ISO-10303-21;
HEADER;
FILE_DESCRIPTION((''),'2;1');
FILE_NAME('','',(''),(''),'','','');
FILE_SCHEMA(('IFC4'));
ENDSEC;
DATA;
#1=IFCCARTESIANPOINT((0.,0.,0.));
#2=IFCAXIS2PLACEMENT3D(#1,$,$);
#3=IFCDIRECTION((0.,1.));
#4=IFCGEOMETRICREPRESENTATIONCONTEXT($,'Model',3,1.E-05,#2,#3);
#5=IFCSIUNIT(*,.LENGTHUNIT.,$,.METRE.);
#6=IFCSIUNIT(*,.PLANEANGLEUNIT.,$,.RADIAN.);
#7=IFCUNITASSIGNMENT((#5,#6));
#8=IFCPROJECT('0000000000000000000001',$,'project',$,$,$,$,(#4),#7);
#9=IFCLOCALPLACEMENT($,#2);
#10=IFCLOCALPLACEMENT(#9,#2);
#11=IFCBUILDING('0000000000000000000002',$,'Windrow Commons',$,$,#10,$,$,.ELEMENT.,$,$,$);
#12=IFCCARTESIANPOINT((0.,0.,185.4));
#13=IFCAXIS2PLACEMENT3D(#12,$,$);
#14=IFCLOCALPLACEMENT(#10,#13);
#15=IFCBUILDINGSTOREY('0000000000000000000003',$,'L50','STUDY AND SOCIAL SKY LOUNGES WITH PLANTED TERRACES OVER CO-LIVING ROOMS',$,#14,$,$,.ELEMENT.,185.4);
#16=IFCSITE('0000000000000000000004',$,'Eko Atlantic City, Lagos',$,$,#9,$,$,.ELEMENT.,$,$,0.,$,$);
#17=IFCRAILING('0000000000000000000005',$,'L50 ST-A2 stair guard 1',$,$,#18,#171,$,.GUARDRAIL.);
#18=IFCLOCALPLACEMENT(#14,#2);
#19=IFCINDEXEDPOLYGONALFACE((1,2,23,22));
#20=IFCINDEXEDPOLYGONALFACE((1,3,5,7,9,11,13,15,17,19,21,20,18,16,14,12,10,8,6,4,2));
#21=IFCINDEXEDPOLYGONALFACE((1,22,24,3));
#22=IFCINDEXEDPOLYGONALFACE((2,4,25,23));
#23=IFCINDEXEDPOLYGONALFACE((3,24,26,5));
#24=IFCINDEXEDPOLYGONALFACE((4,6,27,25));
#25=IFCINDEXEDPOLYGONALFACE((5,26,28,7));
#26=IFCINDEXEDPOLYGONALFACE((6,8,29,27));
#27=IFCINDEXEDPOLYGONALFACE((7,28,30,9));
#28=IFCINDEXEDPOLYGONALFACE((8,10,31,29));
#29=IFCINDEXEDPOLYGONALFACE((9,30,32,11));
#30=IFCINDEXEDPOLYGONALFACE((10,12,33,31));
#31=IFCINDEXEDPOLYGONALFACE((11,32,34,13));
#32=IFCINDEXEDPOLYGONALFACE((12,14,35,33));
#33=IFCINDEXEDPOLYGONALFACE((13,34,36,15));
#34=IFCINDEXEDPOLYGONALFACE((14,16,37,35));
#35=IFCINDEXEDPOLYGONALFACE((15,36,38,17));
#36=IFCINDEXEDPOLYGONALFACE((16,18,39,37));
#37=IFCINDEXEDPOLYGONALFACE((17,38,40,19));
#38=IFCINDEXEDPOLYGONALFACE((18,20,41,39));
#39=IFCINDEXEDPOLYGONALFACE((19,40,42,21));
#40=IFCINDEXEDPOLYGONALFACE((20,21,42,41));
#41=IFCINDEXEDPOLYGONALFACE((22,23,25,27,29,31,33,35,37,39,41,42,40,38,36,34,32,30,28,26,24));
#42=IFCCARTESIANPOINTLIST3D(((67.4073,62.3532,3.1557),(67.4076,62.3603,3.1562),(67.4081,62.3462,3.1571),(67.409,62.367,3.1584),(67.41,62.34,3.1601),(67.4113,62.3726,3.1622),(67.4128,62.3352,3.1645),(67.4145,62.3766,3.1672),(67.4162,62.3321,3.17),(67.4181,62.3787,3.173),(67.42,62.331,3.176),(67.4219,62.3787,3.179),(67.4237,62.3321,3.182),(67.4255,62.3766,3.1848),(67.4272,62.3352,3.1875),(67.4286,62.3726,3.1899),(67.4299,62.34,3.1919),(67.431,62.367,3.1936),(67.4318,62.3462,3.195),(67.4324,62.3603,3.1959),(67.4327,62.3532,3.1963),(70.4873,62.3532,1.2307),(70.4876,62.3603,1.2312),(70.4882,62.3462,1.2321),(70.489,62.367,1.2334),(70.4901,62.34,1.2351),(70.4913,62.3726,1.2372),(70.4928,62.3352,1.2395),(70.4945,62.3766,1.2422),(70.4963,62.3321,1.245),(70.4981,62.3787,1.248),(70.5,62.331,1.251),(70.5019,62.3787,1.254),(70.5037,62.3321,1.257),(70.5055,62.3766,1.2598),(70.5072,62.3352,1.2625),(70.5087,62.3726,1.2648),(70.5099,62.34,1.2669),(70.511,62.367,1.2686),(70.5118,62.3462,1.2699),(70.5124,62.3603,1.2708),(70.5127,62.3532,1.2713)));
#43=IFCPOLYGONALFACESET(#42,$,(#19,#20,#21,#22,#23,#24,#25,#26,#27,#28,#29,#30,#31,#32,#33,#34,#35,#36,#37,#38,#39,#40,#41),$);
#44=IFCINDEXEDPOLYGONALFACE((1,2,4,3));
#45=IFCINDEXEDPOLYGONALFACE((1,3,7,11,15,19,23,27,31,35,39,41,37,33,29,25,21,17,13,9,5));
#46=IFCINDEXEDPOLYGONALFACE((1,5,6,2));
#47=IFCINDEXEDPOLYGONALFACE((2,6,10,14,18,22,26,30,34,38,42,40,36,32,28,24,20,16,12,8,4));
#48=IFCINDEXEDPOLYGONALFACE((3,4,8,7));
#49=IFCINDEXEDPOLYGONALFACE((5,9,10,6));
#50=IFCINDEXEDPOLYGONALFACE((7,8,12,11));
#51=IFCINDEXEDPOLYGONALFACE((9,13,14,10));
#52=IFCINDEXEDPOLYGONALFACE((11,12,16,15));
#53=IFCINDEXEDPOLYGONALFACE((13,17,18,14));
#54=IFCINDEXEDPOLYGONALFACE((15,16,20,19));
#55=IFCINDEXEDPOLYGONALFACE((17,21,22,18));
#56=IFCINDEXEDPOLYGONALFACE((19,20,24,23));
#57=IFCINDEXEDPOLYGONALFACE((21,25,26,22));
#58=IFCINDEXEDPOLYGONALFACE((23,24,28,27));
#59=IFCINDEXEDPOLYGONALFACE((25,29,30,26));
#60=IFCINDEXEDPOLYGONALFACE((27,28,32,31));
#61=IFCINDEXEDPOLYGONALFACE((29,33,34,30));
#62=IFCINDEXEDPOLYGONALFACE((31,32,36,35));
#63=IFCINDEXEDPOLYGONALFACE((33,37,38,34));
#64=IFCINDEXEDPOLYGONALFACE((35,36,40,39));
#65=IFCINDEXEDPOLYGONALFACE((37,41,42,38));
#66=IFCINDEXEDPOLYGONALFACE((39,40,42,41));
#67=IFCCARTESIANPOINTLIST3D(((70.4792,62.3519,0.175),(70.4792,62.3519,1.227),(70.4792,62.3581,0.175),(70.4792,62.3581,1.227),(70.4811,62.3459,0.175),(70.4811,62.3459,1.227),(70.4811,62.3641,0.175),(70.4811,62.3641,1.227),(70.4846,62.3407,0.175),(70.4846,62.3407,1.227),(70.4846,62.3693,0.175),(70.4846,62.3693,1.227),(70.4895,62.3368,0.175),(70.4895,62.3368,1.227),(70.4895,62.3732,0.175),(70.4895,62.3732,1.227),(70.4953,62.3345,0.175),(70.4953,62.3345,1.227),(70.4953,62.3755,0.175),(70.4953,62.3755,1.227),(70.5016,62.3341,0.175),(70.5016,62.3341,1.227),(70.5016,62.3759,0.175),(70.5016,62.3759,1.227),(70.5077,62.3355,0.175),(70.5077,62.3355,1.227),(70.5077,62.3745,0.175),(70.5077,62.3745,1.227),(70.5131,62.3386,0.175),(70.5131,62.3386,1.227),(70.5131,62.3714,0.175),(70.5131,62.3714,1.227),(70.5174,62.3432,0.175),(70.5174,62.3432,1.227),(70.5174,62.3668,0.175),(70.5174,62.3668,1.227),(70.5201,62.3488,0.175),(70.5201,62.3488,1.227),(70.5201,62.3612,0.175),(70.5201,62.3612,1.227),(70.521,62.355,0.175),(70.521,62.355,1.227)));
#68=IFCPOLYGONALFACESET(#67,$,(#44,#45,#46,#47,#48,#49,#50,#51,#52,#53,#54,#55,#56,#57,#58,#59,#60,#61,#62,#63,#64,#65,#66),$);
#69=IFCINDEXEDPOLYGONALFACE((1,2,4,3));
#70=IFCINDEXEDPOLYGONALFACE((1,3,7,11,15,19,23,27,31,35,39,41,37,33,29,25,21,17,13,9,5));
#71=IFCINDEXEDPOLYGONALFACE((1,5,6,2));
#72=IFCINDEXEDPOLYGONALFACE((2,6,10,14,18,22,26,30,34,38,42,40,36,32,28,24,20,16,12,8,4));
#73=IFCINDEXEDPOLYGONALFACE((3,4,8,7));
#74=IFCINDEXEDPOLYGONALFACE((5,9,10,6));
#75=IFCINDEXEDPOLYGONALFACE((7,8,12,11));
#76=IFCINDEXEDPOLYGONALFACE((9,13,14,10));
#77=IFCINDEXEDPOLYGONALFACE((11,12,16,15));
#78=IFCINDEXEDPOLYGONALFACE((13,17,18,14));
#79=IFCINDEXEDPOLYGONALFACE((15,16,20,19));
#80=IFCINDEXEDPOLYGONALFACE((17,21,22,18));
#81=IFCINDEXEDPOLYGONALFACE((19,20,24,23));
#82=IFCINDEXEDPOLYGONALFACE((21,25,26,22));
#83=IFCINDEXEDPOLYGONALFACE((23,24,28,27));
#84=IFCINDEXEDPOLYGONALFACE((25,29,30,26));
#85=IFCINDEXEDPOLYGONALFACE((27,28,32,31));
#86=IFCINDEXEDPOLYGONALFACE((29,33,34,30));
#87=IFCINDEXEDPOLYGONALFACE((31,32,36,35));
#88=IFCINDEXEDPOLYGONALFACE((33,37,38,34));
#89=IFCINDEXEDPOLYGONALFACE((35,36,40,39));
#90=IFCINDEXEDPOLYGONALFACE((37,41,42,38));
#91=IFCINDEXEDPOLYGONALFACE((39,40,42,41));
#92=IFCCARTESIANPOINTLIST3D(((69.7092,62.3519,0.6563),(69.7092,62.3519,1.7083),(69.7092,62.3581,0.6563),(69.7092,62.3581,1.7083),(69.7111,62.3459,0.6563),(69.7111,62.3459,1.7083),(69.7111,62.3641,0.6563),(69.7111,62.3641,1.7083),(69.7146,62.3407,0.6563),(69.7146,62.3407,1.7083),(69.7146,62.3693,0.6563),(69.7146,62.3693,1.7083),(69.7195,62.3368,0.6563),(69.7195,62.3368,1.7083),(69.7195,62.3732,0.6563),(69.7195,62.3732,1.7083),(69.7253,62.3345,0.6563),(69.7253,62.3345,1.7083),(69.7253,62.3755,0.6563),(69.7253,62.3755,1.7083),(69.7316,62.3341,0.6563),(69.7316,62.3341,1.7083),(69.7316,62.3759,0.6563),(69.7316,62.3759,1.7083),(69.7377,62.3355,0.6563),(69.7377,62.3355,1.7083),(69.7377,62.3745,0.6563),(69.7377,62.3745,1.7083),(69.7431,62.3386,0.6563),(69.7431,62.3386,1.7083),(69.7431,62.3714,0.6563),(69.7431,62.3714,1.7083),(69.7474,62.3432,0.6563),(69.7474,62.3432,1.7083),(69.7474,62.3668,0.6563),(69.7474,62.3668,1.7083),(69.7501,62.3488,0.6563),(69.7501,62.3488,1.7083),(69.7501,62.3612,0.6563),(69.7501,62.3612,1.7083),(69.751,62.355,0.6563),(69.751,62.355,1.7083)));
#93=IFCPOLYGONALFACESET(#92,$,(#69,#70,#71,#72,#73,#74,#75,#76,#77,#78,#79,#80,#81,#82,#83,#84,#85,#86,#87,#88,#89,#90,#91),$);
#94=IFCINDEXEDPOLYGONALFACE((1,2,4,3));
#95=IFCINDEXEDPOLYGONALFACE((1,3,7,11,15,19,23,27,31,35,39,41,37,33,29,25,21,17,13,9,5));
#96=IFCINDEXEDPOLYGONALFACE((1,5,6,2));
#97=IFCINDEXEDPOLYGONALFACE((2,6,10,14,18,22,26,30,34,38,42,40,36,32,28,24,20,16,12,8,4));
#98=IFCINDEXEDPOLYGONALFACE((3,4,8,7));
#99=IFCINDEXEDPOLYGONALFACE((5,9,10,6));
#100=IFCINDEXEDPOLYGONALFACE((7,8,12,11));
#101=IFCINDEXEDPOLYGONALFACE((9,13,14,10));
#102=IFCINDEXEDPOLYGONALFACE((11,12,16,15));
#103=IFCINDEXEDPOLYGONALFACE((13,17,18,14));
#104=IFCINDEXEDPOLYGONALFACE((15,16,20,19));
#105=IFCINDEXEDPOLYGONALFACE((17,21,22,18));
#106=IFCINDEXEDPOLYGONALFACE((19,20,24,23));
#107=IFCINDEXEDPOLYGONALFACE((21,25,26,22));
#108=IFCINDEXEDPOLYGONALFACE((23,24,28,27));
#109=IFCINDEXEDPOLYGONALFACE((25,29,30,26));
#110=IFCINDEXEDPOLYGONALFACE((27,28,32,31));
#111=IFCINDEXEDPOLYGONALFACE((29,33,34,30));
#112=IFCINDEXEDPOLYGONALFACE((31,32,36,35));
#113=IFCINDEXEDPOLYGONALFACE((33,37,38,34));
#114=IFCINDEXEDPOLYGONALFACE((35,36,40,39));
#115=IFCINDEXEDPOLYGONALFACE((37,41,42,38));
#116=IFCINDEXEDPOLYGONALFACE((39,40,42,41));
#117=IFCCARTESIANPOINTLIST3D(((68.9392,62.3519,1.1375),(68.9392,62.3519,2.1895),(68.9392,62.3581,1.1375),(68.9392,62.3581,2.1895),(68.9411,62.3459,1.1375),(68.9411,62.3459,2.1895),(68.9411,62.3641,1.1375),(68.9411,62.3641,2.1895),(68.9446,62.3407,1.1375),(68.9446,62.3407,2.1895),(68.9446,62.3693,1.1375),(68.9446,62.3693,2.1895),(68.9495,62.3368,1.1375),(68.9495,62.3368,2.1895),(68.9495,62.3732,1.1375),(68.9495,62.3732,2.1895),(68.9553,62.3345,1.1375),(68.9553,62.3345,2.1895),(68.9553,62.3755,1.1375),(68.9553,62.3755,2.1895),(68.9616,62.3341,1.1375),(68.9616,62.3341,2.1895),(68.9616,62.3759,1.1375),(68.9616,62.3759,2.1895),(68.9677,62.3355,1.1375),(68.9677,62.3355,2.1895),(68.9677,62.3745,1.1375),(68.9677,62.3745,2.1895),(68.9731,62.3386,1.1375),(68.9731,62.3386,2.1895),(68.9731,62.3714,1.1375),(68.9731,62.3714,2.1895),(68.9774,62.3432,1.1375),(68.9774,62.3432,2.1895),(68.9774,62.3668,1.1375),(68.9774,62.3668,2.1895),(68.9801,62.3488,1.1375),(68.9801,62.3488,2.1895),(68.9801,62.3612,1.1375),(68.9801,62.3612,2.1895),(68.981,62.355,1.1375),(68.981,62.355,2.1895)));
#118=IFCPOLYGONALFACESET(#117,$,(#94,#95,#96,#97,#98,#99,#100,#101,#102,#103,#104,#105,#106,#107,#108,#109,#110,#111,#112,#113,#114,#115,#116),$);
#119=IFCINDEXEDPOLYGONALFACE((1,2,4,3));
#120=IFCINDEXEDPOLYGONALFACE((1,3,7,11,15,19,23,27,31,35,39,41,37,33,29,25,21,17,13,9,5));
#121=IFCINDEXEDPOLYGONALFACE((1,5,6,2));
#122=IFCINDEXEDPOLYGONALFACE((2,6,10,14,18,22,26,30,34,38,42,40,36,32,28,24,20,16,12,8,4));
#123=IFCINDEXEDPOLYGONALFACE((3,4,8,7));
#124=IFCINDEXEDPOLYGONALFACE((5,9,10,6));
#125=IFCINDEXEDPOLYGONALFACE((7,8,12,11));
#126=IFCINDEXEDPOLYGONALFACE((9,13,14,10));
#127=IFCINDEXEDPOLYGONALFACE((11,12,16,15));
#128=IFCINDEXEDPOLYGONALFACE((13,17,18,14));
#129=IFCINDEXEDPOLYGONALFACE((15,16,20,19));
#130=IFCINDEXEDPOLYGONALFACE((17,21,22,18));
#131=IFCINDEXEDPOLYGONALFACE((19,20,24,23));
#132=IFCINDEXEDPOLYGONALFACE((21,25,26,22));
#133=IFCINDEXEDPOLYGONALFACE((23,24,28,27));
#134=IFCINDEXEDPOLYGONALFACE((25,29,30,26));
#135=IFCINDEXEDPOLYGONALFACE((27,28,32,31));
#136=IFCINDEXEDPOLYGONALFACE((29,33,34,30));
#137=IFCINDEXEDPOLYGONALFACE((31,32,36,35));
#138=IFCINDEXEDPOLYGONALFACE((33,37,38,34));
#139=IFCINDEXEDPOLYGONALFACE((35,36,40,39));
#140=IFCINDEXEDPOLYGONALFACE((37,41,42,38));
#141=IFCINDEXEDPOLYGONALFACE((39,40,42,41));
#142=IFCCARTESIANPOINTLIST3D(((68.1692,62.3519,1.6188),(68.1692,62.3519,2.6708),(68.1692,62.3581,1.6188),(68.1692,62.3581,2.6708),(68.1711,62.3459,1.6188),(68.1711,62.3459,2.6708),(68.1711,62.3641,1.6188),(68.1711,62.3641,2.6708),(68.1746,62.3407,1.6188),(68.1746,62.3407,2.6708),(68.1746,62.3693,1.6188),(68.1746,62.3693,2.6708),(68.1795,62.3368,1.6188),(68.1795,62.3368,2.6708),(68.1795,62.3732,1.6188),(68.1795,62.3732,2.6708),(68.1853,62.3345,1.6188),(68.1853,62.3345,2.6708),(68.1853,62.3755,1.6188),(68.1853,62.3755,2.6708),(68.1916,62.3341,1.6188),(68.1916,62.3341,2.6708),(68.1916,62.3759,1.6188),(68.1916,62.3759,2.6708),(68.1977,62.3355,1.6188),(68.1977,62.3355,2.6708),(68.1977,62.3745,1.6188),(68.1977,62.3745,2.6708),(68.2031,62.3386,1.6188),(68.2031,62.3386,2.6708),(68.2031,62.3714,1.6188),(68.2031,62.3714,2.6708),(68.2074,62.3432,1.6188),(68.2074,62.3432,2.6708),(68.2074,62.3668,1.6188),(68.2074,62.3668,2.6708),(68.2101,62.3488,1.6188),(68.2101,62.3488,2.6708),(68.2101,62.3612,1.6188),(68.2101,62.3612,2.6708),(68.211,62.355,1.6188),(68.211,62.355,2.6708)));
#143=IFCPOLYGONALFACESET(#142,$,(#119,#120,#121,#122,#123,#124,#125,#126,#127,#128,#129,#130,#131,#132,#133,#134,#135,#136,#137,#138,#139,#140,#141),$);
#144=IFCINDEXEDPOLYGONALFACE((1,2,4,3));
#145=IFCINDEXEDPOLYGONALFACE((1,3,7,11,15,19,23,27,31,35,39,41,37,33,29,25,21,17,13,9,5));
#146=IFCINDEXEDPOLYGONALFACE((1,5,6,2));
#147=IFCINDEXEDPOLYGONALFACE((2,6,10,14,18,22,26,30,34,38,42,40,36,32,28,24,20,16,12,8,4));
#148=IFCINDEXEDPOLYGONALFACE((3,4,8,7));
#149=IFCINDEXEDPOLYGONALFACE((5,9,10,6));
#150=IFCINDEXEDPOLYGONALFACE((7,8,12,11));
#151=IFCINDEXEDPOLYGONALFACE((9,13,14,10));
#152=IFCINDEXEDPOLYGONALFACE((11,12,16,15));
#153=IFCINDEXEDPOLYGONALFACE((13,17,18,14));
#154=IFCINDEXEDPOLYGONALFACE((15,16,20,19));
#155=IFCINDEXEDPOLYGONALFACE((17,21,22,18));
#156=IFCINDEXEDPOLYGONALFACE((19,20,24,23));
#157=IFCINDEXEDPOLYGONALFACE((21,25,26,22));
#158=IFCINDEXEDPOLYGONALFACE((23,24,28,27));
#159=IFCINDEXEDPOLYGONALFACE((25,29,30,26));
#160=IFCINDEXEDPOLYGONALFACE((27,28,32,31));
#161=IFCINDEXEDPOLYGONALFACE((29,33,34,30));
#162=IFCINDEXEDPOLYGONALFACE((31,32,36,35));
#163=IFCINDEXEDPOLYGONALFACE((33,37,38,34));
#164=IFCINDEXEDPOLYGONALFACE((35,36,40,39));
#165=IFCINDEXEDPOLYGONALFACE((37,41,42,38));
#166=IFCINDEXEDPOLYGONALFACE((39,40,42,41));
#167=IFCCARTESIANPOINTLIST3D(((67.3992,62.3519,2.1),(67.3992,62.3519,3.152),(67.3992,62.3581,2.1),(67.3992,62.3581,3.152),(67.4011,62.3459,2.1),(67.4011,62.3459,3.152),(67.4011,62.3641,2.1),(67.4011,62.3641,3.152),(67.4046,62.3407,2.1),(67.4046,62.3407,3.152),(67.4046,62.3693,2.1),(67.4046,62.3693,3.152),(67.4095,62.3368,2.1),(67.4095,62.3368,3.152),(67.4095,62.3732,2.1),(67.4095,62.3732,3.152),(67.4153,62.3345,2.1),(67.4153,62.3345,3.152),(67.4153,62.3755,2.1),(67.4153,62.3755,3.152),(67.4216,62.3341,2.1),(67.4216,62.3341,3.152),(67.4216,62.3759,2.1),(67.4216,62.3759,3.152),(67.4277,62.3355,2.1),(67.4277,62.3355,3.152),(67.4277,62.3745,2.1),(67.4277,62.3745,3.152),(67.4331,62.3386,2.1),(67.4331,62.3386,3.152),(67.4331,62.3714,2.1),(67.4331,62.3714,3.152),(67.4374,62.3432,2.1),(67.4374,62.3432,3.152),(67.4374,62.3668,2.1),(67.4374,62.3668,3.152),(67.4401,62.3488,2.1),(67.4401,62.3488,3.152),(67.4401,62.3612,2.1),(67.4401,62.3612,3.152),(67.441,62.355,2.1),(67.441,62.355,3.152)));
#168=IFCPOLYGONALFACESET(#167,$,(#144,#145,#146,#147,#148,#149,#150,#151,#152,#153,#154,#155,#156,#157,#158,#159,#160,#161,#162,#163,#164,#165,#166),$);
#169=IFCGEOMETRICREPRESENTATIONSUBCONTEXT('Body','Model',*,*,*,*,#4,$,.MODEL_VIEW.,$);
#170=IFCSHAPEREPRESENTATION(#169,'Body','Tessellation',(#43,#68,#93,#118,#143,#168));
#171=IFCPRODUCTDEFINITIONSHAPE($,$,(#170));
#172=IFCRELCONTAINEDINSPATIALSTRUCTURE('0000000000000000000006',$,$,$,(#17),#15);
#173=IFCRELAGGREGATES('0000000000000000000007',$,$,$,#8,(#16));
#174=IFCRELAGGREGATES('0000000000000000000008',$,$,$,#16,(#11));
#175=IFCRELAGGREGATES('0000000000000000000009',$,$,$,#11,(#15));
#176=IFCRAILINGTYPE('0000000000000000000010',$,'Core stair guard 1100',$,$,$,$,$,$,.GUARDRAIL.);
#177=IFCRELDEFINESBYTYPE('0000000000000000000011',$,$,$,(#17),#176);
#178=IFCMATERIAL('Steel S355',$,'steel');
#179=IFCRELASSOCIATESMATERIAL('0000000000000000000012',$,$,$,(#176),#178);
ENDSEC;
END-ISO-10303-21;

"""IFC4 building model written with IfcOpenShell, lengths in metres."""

from ifc_helpers import new_model, si_unit, direction, frame, origin, origin_2d, place, context, subcontext, project, spatial, circle, extrude, material, type_object, element, save


model = new_model("IFC4")

# Units and contexts
model_context = context("Model", 3, precision=1e-05, world=origin(), true_north=direction((0.0, 1.0)))
body_context = subcontext(model_context, "Body", "Model", "MODEL_VIEW")
ifc_project = project(units=[si_unit("LENGTHUNIT", "METRE"), si_unit("PLANEANGLEUNIT", "RADIAN")], contexts=[model_context])

# Site, building, storey
site_placement = place(None, origin())
site = spatial("IfcSite", under=ifc_project, at=site_placement, Name="Eko Atlantic City, Lagos", CompositionType="ELEMENT", RefElevation=0.0)
building_placement = place(site_placement, origin())
building = spatial("IfcBuilding", under=site, at=building_placement, Name="Windrow Commons", CompositionType="ELEMENT")
storey_placement = place(building_placement, frame((0.0, 0.0, 185.4)))
storey = spatial("IfcBuildingStorey", under=building, at=storey_placement, Name="L50", Description="STUDY AND SOCIAL SKY LOUNGES WITH PLANTED TERRACES OVER CO-LIVING ROOMS", CompositionType="ELEMENT", Elevation=185.4)

# Railing
ifc_material_1 = material(Name="Steel S355", Category="steel")
railing_type_1 = type_object("IfcRailingType", Name="Core stair guard 1100", PredefinedType="GUARDRAIL", material=ifc_material_1)
railing_1_placement = place(storey_placement, frame((70.5, 62.355, 0.175)))
element("IfcRailing", 1, at=railing_1_placement, inside=storey, type_object=railing_type_1, Name="L50 ST-A2 stair guard 1", PredefinedType="GUARDRAIL", context=body_context, shape_type="SweptSolid", body=[
    extrude(circle(Radius=0.024, at=origin_2d()), frame((0.0, 0.0, 1.076), z_axis=(-0.847998, 0.0, 0.529999), x_axis=(0.0, -1.0, 0.0)), (0.0, 0.0, 1.0), 3.6321),
    extrude(circle(Radius=0.021, at=origin_2d()), origin(), (0.0, 0.0, 1.0), 1.052),
    extrude(circle(Radius=0.021, at=origin_2d()), frame((-0.77, 0.0, 0.4813)), (0.0, 0.0, 1.0), 1.052),
    extrude(circle(Radius=0.021, at=origin_2d()), frame((-1.54, 0.0, 0.9625)), (0.0, 0.0, 1.0), 1.052),
    extrude(circle(Radius=0.021, at=origin_2d()), frame((-2.31, 0.0, 1.4438)), (0.0, 0.0, 1.0), 1.052),
    extrude(circle(Radius=0.021, at=origin_2d()), frame((-3.08, 0.0, 1.925)), (0.0, 0.0, 1.0), 1.052),
])

save(model, "model.ifc")
